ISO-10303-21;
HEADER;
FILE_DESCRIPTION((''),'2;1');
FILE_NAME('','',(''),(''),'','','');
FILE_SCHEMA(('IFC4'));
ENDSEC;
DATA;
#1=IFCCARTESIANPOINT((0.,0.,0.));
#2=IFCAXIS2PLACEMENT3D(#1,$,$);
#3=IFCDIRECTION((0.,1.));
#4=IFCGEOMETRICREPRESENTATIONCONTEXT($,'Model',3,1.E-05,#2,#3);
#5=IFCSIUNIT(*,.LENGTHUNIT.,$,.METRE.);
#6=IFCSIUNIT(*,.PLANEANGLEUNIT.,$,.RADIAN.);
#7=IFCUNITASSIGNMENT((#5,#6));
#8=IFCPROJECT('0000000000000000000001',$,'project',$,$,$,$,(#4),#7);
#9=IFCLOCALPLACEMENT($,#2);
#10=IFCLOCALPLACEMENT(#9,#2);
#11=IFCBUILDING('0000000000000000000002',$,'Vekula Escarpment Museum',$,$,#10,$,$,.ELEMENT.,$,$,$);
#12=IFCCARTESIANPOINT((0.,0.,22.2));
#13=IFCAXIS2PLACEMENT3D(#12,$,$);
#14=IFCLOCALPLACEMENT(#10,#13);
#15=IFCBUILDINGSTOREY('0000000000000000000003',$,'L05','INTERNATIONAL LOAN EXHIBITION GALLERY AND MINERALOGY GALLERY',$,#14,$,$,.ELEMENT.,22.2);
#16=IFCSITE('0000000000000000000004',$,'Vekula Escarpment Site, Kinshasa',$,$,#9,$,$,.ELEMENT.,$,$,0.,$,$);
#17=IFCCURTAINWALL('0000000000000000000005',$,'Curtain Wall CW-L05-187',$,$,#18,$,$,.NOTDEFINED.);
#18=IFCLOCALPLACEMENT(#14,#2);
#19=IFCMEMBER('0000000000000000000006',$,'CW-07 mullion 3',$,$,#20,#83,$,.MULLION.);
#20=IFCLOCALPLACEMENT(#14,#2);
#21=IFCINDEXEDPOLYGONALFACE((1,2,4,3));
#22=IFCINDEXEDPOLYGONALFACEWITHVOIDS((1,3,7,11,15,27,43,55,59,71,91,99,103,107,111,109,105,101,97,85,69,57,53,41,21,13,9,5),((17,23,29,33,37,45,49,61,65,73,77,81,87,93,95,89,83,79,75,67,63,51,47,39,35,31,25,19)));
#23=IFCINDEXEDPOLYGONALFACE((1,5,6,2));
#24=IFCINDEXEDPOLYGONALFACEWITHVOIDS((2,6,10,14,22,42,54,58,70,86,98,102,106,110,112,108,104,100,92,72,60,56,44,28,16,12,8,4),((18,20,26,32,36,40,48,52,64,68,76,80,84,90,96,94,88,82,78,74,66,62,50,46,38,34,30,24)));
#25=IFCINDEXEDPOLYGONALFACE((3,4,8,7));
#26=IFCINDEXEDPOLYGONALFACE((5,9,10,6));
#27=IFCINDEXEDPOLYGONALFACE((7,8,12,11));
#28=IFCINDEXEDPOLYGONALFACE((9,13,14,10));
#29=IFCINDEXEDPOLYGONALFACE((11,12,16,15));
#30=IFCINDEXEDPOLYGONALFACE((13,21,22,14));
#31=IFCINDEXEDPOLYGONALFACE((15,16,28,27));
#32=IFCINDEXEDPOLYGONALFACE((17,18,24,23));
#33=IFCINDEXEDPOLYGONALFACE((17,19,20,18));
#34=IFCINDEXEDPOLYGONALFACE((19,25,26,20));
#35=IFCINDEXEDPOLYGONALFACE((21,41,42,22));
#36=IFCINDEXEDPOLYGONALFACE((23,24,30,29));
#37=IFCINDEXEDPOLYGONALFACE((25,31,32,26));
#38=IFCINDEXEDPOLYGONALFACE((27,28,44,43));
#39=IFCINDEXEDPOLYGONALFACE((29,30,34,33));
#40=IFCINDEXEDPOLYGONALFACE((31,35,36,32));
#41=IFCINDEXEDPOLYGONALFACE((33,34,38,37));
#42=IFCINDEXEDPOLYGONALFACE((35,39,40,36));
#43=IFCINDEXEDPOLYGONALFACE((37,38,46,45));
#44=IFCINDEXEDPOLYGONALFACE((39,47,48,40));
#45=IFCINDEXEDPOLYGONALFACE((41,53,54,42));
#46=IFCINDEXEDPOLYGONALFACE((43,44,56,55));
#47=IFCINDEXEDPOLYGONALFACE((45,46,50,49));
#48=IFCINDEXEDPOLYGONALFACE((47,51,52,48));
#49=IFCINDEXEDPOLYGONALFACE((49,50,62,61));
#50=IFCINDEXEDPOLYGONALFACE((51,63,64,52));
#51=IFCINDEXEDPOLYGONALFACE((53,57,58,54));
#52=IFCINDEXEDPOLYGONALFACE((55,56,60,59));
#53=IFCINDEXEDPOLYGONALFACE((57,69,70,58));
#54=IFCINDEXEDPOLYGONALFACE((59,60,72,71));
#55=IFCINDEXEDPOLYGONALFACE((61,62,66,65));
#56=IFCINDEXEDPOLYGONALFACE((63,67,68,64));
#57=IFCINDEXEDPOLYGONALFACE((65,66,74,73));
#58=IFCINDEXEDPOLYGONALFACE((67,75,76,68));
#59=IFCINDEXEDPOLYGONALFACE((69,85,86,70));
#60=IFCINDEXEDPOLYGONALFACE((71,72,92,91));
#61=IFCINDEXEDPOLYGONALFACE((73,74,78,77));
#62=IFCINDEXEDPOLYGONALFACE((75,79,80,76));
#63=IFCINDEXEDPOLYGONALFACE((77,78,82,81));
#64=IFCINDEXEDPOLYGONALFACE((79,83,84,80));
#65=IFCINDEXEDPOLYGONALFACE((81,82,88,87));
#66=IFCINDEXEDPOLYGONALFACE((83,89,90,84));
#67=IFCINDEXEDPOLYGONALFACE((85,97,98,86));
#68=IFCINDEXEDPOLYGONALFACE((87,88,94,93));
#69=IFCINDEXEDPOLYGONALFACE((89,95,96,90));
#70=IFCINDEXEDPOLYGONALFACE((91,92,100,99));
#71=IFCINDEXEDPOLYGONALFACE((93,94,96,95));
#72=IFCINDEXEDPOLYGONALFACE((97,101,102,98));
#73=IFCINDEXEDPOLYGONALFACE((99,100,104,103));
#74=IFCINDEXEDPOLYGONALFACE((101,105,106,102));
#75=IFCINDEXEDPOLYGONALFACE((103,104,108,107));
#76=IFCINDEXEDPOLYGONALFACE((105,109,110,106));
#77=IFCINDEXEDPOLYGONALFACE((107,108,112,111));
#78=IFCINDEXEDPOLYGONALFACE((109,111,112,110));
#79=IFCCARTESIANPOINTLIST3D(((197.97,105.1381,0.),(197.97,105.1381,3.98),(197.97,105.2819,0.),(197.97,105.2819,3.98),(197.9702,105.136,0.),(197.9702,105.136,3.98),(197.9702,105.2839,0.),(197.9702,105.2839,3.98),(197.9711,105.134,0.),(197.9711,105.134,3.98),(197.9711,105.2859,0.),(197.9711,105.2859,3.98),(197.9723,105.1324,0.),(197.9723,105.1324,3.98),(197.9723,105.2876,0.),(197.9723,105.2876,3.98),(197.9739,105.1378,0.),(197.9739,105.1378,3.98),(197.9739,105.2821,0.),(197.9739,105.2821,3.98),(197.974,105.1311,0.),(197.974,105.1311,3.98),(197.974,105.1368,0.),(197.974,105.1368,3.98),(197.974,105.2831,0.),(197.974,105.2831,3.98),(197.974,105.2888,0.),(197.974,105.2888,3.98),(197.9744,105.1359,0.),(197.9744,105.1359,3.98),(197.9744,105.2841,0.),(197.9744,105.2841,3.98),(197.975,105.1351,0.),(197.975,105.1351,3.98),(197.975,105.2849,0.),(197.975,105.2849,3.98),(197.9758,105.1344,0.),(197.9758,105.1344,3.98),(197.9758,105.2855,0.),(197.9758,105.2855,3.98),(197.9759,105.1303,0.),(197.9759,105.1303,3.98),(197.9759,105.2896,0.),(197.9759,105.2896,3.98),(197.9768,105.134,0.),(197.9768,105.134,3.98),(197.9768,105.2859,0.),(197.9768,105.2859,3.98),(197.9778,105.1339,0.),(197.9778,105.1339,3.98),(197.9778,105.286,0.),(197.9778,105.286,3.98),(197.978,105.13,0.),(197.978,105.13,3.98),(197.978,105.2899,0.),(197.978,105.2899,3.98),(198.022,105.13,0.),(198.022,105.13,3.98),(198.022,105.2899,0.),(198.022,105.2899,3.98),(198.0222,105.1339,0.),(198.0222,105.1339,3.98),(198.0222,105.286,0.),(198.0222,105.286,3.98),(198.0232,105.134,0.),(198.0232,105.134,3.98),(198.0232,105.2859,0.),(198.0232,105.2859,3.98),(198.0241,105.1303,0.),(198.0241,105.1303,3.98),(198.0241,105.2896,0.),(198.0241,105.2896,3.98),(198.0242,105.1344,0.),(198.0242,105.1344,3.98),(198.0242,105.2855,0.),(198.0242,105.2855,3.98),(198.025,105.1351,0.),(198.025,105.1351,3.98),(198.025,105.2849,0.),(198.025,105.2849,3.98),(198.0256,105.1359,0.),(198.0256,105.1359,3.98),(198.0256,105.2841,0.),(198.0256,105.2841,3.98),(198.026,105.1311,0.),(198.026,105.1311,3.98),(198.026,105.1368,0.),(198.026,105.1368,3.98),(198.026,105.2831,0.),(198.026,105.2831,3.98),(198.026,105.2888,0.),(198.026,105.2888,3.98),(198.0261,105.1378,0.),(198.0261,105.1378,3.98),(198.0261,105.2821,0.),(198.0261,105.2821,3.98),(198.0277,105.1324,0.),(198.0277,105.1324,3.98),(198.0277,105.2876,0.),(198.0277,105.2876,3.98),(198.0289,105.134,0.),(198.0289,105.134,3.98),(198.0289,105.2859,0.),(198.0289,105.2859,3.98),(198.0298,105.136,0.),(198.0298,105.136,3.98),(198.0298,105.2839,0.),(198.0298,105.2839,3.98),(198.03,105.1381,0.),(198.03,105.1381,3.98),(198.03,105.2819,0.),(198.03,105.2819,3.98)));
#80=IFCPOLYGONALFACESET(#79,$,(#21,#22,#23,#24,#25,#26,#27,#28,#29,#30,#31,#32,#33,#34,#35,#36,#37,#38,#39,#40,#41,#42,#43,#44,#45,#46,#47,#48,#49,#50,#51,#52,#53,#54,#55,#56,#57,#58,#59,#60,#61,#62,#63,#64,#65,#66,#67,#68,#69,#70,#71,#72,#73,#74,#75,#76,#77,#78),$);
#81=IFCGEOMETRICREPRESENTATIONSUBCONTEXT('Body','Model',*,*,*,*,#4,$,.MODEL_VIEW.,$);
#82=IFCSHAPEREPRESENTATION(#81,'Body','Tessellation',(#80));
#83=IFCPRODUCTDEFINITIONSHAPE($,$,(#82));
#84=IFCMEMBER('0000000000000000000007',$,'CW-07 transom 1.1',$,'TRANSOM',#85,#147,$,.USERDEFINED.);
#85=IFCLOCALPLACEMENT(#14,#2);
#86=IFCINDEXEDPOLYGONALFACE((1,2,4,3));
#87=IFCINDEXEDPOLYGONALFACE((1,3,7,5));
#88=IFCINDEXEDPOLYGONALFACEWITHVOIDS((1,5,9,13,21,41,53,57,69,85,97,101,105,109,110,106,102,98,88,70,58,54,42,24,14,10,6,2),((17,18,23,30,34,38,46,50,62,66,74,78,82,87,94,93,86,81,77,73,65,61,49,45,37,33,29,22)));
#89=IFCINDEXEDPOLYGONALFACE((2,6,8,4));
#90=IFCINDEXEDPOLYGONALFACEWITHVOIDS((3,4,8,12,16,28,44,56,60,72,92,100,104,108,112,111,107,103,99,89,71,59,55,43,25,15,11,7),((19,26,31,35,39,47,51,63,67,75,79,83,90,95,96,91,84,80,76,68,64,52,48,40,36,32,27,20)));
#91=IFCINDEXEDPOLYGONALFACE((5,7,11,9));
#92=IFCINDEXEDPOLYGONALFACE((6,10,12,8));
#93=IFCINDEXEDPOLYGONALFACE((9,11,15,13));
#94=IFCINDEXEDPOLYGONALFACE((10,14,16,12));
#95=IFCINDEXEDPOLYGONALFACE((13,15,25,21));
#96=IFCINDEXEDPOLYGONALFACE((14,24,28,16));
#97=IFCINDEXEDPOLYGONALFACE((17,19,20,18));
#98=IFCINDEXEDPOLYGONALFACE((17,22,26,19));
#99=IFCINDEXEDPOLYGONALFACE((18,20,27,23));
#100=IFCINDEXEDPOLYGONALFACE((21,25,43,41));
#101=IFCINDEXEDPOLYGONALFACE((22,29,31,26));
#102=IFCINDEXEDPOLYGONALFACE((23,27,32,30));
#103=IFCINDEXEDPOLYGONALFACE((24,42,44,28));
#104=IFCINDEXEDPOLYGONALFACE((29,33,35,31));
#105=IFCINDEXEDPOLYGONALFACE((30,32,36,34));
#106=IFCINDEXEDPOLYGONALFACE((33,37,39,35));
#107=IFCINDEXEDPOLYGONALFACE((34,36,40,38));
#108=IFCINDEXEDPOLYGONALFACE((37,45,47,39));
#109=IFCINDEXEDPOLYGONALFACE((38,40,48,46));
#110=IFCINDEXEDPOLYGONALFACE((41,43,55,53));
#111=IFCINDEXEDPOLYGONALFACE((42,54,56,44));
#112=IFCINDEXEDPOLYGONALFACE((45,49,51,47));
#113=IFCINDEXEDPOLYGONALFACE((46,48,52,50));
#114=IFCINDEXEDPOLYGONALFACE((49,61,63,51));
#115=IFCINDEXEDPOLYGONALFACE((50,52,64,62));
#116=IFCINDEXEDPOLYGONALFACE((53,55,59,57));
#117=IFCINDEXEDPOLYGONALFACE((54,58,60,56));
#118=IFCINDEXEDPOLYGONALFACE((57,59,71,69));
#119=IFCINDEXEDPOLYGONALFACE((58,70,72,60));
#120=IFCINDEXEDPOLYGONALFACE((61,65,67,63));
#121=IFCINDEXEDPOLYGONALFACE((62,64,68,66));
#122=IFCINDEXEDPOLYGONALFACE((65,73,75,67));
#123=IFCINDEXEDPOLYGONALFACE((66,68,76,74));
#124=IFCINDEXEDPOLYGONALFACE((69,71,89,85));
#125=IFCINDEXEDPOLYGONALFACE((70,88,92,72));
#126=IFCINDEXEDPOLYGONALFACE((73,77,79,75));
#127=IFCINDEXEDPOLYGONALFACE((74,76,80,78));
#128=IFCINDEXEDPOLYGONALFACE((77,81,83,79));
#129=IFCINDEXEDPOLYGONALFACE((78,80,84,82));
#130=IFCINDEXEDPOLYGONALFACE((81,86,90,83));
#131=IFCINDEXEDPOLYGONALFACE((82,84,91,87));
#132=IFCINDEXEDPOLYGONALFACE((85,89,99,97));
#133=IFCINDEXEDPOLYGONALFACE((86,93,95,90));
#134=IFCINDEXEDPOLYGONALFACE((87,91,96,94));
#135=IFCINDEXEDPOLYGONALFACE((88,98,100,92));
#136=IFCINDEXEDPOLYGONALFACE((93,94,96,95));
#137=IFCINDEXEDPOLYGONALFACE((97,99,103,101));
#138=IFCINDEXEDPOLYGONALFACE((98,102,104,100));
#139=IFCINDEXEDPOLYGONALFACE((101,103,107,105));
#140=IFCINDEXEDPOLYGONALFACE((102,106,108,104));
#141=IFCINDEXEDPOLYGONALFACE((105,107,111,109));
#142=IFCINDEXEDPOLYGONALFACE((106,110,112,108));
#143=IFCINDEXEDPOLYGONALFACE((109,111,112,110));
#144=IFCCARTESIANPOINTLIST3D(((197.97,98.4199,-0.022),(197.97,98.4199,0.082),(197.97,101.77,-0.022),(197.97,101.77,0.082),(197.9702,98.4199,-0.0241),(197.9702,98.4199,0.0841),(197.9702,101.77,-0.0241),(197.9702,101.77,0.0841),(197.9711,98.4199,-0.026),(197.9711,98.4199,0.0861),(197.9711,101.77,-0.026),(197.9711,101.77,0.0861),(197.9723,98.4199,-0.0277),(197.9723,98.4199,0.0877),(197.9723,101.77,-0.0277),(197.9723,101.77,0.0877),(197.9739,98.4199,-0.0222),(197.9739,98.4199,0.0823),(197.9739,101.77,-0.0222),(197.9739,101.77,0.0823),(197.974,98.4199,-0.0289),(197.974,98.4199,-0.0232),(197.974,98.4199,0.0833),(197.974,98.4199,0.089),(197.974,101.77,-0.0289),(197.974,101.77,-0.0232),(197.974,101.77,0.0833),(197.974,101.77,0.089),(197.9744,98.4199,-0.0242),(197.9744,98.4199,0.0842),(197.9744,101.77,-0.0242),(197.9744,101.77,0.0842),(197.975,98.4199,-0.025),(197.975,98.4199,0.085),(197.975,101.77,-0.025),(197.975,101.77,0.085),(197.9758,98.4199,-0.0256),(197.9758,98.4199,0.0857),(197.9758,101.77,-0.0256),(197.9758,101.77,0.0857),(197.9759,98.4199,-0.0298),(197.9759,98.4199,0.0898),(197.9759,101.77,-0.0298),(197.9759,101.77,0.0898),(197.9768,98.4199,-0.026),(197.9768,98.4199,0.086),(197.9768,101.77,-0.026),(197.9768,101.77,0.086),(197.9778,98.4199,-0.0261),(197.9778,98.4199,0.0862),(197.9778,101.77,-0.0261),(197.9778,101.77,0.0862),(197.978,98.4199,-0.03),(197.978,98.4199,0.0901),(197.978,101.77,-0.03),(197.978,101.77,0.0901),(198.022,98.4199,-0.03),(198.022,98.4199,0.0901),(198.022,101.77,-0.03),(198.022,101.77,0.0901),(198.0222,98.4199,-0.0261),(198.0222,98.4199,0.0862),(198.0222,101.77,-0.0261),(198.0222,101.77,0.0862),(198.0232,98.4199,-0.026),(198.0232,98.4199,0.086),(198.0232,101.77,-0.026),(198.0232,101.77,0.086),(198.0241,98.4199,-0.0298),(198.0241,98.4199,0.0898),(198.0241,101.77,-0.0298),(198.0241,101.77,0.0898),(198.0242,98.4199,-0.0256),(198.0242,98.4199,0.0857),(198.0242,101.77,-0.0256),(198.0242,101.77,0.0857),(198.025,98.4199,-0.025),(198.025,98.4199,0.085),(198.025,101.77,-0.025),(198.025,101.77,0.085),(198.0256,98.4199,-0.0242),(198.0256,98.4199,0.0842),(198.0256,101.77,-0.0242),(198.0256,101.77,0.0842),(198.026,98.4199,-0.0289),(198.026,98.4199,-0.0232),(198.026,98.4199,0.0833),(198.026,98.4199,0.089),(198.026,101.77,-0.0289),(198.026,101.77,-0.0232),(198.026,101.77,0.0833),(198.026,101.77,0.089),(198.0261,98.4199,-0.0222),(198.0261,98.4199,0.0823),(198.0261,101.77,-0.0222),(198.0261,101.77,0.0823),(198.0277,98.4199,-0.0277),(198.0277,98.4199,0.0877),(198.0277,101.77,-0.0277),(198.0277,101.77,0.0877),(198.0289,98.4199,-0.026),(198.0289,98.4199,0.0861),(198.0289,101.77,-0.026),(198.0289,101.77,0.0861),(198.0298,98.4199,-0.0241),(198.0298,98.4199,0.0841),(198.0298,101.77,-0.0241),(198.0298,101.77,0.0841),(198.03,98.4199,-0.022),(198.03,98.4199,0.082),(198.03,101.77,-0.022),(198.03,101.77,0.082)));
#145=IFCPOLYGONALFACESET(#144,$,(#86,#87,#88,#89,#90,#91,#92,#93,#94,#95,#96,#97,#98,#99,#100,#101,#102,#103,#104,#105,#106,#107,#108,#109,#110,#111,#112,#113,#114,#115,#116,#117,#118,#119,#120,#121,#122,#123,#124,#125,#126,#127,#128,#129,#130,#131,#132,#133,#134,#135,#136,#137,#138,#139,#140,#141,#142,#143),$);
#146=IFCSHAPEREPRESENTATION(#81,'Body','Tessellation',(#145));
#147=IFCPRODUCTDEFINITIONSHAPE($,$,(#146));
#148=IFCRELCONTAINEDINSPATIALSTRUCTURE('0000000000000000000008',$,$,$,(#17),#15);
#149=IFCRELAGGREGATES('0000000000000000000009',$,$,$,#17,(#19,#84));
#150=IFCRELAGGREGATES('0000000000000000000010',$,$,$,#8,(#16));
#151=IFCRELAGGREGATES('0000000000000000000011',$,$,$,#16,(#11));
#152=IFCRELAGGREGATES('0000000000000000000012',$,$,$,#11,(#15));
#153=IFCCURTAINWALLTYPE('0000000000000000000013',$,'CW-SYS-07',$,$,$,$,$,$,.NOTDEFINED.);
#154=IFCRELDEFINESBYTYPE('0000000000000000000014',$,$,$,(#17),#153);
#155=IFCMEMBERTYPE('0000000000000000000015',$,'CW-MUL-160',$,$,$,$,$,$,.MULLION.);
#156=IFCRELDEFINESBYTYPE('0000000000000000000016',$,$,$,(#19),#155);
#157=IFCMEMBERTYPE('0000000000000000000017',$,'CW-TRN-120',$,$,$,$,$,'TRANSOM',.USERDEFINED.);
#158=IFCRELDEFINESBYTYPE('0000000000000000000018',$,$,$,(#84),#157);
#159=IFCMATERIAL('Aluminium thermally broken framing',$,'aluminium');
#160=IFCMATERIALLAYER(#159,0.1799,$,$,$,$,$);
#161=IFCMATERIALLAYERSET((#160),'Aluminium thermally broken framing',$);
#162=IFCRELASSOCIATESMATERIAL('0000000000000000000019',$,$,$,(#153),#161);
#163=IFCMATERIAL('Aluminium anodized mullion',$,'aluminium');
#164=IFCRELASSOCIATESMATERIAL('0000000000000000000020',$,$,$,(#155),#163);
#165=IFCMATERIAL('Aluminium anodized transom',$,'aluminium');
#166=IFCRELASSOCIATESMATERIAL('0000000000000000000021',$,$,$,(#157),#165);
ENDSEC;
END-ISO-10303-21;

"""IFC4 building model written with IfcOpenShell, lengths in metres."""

from ifc_helpers import new_model, si_unit, direction, frame, origin, origin_2d, place, context, subcontext, project, spatial, hollow_rectangle, extrude, material, layer, layer_set, material_profile, profile_set, type_object, element, aggregate, save


model = new_model("IFC4")

# Units and contexts
model_context = context("Model", 3, precision=1e-05, world=origin(), true_north=direction((0.0, 1.0)))
body_context = subcontext(model_context, "Body", "Model", "MODEL_VIEW")
ifc_project = project(units=[si_unit("LENGTHUNIT", "METRE"), si_unit("PLANEANGLEUNIT", "RADIAN")], contexts=[model_context])

# Site, building, storey
site_placement = place(None, origin())
site = spatial("IfcSite", under=ifc_project, at=site_placement, Name="Vekula Escarpment Site, Kinshasa", CompositionType="ELEMENT", RefElevation=0.0)
building_placement = place(site_placement, origin())
building = spatial("IfcBuilding", under=site, at=building_placement, Name="Vekula Escarpment Museum", CompositionType="ELEMENT")
storey_placement = place(building_placement, frame((0.0, 0.0, 22.2)))
storey = spatial("IfcBuildingStorey", under=building, at=storey_placement, Name="L05", Description="INTERNATIONAL LOAN EXHIBITION GALLERY AND MINERALOGY GALLERY", CompositionType="ELEMENT", Elevation=22.2)

# Curtain wall, members
ifc_material_1 = material(Name="Aluminium thermally broken framing", Category="aluminium")
ifc_layer_1 = layer(ifc_material_1, 0.1799)
ifc_layer_set_1 = layer_set([ifc_layer_1], Name="Aluminium thermally broken framing")
curtain_wall_type = type_object("IfcCurtainWallType", Name="CW-SYS-07", PredefinedType="NOTDEFINED", material=ifc_layer_set_1)
curtain_wall_placement = place(storey_placement, origin())
curtain_wall = element("IfcCurtainWall", 1, at=curtain_wall_placement, inside=storey, type_object=curtain_wall_type, Name="Curtain Wall CW-L05-187", PredefinedType="NOTDEFINED")
ifc_material_2 = material(Name="Aluminium anodized mullion", Category="aluminium")
ifc_material_profile_1 = material_profile(ifc_material_2, hollow_rectangle(XDim=0.0601, YDim=0.1599, WallThickness=0.0039, InnerFilletRadius=0.0039, OuterFilletRadius=0.0081, at=origin_2d()), Name="ALU 160x60x4")
ifc_profile_set_1 = profile_set([ifc_material_profile_1], Name="Aluminium anodized mullion")
member_type_1 = type_object("IfcMemberType", Name="CW-MUL-160", PredefinedType="MULLION", material=ifc_profile_set_1)
member_1_placement = place(storey_placement, frame((198.0, 105.21, 0.0), z_axis=(0.0, 0.0, 1.0), x_axis=(-1.0, 0.0, 0.0)))
member_1 = element("IfcMember", 2, at=member_1_placement, type_object=member_type_1, Name="CW-07 mullion 3", PredefinedType="MULLION", context=body_context, shape_type="SweptSolid", body=[
    extrude(hollow_rectangle(XDim=0.0601, YDim=0.1599, WallThickness=0.0039, InnerFilletRadius=0.0039, OuterFilletRadius=0.0081, at=origin_2d()), origin(), (0.0, 0.0, 1.0), 3.98),
])
ifc_material_3 = material(Name="Aluminium anodized transom", Category="aluminium")
ifc_material_profile_2 = material_profile(ifc_material_3, hollow_rectangle(XDim=0.0601, YDim=0.1201, WallThickness=0.0039, InnerFilletRadius=0.0039, OuterFilletRadius=0.0081, at=origin_2d()), Name="ALU 120x60x4")
ifc_profile_set_2 = profile_set([ifc_material_profile_2], Name="Aluminium anodized transom")
member_type_2 = type_object("IfcMemberType", Name="CW-TRN-120", ElementType="TRANSOM", PredefinedType="USERDEFINED", material=ifc_profile_set_2)
member_2_placement = place(storey_placement, frame((198.0, 98.4199, 0.03), z_axis=(0.0, 1.0, 0.0), x_axis=(-1.0, 0.0, 0.0)))
member_2 = element("IfcMember", 3, at=member_2_placement, type_object=member_type_2, Name="CW-07 transom 1.1", ObjectType="TRANSOM", PredefinedType="USERDEFINED", context=body_context, shape_type="SweptSolid", body=[
    extrude(hollow_rectangle(XDim=0.0601, YDim=0.1201, WallThickness=0.0039, InnerFilletRadius=0.0039, OuterFilletRadius=0.0081, at=origin_2d()), origin(), (0.0, 0.0, 1.0), 3.3501),
])
aggregate(curtain_wall, [member_1, member_2])

save(model, "model.ifc")
